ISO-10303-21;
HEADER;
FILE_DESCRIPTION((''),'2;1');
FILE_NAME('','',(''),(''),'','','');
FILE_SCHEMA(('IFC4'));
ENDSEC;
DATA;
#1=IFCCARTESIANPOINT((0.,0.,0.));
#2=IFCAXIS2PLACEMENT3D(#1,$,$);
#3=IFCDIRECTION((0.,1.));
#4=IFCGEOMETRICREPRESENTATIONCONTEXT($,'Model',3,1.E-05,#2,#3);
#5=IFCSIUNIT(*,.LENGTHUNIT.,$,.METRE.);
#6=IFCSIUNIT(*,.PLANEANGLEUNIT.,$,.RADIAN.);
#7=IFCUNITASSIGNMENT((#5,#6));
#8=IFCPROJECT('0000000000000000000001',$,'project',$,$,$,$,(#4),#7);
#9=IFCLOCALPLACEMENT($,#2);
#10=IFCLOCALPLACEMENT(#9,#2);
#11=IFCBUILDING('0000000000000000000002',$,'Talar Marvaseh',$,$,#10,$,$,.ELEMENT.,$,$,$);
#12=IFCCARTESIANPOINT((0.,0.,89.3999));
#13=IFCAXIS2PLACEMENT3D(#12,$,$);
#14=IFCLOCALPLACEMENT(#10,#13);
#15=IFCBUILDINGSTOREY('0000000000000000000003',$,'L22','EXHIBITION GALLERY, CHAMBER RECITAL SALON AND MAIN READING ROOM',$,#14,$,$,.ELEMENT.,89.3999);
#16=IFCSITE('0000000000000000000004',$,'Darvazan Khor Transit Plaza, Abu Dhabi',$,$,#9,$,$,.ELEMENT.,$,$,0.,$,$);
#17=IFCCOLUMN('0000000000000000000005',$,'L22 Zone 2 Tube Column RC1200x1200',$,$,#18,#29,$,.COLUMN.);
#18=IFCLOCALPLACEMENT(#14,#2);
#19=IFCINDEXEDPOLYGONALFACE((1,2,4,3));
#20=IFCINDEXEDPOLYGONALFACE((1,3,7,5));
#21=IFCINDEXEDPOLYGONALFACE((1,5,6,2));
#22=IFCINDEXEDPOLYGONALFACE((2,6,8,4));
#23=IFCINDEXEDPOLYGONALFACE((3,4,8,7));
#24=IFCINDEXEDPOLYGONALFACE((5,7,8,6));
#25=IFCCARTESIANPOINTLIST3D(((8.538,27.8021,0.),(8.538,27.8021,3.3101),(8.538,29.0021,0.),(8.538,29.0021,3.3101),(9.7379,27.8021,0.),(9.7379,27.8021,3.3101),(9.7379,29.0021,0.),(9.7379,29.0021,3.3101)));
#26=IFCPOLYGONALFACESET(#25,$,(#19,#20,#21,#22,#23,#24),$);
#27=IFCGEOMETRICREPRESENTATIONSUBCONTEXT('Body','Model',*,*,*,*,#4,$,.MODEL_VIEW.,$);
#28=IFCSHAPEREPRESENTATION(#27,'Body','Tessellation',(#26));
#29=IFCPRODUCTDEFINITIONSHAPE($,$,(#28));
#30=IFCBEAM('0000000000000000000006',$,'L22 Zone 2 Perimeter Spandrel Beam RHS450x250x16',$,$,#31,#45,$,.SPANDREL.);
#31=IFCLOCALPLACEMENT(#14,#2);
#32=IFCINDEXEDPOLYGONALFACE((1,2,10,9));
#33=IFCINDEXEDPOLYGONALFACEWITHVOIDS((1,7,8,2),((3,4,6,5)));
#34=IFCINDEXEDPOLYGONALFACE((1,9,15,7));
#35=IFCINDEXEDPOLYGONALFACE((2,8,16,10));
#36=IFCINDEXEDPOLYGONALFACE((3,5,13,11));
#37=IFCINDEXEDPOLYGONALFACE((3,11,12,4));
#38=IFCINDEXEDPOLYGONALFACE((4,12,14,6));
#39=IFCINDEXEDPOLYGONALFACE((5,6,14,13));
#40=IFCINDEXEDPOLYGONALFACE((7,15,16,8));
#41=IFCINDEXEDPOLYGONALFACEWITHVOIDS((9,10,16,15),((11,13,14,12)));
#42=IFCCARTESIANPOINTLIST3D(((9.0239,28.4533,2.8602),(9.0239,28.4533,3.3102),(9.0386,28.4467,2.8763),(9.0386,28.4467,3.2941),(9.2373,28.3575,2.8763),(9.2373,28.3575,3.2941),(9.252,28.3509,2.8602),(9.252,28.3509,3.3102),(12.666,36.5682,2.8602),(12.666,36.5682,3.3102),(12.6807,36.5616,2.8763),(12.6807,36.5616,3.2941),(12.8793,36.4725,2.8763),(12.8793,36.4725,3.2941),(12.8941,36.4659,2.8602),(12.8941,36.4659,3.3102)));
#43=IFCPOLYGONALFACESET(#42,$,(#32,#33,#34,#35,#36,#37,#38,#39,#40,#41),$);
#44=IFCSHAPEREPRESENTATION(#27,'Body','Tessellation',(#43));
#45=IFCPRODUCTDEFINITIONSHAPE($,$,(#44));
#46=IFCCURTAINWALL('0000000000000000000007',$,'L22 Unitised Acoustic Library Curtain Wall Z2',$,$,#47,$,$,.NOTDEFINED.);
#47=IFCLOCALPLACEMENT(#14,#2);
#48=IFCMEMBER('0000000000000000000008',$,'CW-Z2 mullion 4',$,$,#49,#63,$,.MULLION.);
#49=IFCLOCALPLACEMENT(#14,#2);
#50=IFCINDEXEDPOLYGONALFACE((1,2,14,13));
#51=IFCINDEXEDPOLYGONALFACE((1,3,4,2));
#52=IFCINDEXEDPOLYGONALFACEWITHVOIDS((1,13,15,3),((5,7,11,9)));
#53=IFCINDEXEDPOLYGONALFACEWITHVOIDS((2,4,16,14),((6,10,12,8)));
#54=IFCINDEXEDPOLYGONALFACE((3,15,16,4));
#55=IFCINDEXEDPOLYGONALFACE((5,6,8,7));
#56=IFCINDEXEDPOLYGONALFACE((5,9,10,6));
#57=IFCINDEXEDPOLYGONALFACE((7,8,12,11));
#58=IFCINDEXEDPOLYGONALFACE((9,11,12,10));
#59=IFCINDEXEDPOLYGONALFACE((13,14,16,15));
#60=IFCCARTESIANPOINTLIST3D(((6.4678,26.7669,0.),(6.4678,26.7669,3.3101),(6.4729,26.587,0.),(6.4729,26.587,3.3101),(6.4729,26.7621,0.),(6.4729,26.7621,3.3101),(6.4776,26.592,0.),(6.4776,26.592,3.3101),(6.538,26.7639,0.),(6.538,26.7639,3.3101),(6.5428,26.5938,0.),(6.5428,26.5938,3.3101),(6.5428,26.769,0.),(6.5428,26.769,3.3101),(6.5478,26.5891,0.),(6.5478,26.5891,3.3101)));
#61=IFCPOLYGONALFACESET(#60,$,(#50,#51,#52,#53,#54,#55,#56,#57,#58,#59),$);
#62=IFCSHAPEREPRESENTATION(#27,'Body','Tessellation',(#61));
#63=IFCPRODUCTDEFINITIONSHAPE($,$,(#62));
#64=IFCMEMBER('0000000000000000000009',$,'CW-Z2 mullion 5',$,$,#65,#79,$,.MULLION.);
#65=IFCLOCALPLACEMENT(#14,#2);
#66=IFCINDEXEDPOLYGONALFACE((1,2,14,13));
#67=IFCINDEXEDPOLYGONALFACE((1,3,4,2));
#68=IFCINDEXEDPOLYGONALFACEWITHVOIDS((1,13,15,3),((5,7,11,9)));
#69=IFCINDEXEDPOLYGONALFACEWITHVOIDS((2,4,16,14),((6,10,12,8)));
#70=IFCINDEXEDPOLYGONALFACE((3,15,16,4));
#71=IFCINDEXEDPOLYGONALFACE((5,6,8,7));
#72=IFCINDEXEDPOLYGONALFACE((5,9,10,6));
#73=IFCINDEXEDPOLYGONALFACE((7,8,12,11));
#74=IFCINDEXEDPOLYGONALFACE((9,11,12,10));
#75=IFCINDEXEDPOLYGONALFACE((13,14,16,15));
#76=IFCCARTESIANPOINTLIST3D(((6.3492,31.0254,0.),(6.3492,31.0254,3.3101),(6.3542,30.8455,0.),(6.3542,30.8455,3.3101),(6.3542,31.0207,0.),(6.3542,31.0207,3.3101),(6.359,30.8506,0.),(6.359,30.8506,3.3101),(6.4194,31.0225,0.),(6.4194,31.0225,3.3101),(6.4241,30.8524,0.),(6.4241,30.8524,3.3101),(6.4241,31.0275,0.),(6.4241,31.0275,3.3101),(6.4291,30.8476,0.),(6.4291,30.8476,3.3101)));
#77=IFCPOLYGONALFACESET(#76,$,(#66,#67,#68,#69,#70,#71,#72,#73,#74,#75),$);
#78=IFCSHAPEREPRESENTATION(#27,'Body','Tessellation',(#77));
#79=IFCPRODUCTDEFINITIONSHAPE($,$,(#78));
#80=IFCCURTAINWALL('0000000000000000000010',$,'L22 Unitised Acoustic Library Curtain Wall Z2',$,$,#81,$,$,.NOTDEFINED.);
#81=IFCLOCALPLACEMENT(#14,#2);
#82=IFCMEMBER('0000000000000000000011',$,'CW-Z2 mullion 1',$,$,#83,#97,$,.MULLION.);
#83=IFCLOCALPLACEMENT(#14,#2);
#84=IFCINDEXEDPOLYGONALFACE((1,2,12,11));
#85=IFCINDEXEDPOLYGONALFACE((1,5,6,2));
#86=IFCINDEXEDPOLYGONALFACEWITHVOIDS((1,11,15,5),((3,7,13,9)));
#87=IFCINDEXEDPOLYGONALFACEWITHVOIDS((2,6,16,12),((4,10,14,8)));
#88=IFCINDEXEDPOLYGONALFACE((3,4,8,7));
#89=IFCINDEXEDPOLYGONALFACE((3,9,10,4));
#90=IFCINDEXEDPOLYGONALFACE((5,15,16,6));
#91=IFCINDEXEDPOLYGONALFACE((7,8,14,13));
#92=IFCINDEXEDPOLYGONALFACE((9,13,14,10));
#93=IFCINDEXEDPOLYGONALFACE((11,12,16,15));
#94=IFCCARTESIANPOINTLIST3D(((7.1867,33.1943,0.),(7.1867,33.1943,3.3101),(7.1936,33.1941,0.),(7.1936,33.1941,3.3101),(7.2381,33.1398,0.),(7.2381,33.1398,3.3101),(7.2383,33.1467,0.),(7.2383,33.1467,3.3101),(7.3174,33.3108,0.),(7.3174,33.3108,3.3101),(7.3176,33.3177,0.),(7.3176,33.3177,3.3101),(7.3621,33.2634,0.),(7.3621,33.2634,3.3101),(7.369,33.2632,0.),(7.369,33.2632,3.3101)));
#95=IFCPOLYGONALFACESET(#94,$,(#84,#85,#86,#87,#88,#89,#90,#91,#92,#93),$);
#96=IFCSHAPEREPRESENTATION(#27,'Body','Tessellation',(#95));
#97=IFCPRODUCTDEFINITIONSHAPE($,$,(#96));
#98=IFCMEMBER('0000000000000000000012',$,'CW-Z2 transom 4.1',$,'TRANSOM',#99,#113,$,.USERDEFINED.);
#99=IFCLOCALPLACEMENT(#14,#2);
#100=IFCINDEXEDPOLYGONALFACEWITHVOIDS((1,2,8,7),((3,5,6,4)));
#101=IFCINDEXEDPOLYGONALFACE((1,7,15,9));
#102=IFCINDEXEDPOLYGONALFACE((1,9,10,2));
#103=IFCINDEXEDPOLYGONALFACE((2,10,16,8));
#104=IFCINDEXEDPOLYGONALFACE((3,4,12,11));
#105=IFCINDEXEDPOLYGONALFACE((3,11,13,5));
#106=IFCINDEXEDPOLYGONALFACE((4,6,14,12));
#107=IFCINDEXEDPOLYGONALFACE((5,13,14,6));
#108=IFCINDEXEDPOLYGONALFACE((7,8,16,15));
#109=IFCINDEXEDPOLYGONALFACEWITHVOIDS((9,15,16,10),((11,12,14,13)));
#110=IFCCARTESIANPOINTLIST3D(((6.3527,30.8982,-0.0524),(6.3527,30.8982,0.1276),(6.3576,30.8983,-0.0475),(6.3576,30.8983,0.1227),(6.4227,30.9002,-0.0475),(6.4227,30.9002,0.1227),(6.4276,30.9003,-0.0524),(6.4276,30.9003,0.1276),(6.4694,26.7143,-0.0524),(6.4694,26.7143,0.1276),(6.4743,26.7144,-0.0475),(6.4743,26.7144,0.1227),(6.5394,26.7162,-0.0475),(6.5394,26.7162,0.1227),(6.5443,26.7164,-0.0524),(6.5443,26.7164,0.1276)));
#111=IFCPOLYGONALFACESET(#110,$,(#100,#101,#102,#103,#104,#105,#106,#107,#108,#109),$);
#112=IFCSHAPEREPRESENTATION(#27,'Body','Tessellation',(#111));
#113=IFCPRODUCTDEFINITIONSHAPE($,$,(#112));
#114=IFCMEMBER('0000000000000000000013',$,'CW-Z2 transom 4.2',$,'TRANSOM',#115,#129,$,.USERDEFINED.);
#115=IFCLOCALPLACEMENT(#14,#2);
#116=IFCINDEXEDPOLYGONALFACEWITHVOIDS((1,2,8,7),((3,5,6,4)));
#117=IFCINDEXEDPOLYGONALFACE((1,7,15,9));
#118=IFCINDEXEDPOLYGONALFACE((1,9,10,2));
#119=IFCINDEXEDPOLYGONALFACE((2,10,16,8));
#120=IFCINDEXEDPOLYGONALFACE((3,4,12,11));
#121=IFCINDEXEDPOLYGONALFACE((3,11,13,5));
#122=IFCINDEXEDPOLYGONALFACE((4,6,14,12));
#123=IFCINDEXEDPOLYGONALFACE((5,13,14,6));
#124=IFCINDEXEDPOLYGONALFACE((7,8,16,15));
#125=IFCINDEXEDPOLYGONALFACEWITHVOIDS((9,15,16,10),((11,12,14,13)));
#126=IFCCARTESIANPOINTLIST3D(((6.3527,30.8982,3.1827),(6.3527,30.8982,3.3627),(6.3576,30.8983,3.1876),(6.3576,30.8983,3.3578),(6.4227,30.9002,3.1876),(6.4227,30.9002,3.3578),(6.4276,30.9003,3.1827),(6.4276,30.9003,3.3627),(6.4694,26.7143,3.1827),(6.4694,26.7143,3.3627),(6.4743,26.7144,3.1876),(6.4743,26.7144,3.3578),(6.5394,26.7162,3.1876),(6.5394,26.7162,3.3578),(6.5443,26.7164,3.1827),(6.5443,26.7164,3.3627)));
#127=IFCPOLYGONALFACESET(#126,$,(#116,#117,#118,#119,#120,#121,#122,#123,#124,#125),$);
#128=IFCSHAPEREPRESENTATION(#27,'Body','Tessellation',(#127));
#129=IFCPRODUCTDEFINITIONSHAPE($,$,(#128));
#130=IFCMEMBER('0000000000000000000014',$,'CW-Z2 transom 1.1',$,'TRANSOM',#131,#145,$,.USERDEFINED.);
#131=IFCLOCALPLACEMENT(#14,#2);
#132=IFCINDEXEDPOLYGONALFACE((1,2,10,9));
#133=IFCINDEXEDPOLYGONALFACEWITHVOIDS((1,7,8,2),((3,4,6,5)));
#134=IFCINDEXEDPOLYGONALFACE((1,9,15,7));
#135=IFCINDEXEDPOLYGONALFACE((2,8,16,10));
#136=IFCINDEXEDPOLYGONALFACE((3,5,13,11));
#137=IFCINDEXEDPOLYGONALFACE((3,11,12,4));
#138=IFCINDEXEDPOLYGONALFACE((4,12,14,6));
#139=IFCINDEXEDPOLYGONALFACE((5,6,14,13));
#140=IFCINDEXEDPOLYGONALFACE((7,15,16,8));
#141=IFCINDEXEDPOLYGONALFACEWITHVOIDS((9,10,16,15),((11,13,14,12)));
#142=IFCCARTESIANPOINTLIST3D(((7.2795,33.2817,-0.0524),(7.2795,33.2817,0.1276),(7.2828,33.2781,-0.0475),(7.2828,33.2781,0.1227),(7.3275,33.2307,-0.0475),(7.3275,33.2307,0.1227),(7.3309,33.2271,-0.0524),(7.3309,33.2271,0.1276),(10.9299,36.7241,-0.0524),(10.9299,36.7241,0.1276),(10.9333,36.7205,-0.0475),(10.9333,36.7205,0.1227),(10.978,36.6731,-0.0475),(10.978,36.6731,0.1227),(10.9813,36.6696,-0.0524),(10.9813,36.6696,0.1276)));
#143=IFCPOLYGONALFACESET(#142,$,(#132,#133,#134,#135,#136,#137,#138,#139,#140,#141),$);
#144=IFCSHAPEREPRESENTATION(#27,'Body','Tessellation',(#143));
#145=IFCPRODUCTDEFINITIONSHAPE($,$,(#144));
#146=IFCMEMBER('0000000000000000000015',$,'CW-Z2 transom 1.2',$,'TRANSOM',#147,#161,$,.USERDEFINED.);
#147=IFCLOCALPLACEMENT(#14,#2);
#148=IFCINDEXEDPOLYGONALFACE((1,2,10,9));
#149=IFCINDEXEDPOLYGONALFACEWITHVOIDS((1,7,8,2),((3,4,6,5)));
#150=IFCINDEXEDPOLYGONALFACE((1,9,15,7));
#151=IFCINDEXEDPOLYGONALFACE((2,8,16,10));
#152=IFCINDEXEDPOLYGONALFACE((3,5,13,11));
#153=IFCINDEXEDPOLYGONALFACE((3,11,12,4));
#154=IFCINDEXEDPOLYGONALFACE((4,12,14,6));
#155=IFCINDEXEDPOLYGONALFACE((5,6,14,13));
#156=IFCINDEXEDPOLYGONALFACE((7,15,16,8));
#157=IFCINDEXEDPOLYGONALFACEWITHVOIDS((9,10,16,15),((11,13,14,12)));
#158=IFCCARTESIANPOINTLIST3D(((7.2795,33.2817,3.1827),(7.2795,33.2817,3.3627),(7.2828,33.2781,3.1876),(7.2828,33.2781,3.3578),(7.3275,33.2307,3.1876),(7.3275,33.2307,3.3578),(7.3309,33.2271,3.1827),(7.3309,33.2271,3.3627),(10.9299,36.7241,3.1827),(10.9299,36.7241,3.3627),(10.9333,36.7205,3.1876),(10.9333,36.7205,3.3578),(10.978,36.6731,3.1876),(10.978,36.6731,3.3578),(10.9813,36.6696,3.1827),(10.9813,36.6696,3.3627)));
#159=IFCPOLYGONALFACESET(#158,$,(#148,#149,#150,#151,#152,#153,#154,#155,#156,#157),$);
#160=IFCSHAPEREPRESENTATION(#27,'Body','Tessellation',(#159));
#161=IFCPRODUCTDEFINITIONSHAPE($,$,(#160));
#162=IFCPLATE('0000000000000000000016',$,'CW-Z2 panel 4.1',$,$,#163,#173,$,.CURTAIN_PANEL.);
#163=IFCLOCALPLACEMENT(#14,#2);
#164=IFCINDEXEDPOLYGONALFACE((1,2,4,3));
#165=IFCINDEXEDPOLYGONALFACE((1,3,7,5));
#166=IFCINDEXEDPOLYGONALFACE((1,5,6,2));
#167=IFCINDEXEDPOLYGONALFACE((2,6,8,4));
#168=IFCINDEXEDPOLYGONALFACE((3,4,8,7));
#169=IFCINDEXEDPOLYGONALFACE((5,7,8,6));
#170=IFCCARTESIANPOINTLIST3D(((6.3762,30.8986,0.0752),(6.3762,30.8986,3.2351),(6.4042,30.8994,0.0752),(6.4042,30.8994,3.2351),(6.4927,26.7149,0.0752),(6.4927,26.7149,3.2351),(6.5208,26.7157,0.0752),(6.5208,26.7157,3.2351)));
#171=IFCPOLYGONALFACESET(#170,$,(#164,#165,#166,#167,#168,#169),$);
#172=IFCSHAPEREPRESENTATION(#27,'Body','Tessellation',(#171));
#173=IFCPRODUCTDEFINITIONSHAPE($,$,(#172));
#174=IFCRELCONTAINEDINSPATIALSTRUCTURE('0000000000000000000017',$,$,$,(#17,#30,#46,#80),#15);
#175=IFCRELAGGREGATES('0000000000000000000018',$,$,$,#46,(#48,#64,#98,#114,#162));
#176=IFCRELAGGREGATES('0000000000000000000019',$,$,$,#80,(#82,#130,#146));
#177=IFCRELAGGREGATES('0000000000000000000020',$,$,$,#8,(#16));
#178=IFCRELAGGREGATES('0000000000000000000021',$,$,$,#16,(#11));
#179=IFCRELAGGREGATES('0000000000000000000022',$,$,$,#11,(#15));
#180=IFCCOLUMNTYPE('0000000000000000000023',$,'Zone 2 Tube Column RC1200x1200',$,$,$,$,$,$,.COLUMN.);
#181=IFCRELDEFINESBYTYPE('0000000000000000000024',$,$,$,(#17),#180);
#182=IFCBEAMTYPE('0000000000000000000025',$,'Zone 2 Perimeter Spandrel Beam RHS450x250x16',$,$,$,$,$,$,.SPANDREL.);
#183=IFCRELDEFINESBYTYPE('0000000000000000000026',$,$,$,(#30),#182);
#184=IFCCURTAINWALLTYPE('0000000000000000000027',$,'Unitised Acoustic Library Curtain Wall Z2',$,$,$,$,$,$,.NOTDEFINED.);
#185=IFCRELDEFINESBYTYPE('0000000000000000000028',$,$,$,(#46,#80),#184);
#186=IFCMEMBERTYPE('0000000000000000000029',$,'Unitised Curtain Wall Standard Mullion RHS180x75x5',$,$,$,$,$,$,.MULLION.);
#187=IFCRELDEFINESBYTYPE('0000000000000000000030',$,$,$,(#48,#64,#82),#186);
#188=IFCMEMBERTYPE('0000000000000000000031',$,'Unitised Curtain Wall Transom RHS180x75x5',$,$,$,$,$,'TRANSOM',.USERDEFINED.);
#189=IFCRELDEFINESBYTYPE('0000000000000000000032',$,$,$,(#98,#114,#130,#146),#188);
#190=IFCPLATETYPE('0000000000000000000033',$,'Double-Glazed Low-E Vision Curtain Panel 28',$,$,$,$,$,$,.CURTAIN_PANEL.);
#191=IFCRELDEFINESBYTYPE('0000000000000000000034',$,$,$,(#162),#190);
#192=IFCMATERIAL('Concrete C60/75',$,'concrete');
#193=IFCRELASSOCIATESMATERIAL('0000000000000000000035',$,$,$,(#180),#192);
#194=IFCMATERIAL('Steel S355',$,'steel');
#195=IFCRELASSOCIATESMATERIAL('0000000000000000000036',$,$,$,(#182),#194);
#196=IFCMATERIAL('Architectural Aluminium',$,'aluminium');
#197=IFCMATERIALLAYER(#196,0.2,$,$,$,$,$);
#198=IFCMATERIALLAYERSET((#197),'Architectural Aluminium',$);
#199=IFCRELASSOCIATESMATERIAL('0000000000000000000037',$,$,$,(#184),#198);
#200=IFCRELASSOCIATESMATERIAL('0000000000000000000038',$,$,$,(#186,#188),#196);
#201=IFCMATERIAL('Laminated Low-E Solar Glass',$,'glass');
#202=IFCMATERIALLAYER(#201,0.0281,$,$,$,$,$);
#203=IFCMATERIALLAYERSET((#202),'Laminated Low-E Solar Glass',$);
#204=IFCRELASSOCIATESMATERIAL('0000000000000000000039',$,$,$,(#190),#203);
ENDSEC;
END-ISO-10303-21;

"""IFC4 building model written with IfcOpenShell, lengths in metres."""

from ifc_helpers import new_model, si_unit, direction, frame, origin, origin_2d, place, context, subcontext, project, spatial, rectangle, hollow_rectangle, extrude, source, transform, mapped, material, layer, layer_set, material_profile, profile_set, type_object, type_shapes, element, aggregate, save


model = new_model("IFC4")

# Units and contexts
model_context = context("Model", 3, precision=1e-05, world=origin(), true_north=direction((0.0, 1.0)))
body_context = subcontext(model_context, "Body", "Model", "MODEL_VIEW")
ifc_project = project(units=[si_unit("LENGTHUNIT", "METRE"), si_unit("PLANEANGLEUNIT", "RADIAN")], contexts=[model_context])

# Site, building, storey
site_placement = place(None, origin())
site = spatial("IfcSite", under=ifc_project, at=site_placement, Name="Darvazan Khor Transit Plaza, Abu Dhabi", CompositionType="ELEMENT", RefElevation=0.0)
building_placement = place(site_placement, origin())
building = spatial("IfcBuilding", under=site, at=building_placement, Name="Talar Marvaseh", CompositionType="ELEMENT")
storey_placement = place(building_placement, frame((0.0, 0.0, 89.3999)))
storey = spatial("IfcBuildingStorey", under=building, at=storey_placement, Name="L22", Description="EXHIBITION GALLERY, CHAMBER RECITAL SALON AND MAIN READING ROOM", CompositionType="ELEMENT", Elevation=89.3999)

# Column
ifc_material_1 = material(Name="Concrete C60/75", Category="concrete")
ifc_material_profile_1 = material_profile(ifc_material_1, rectangle(XDim=1.2, YDim=1.2, at=origin_2d()), Name="RC1200x1200")
ifc_profile_set_1 = profile_set([ifc_material_profile_1], Name="Concrete C60/75")
column_type = type_object("IfcColumnType", Name="Zone 2 Tube Column RC1200x1200", PredefinedType="COLUMN", material=ifc_profile_set_1)
column_placement = place(storey_placement, frame((9.1379, 28.4021, 0.0), z_axis=(0.0, 0.0, 1.0), x_axis=(1.0, 0.0, 0.0)))
element("IfcColumn", 1, at=column_placement, inside=storey, type_object=column_type, Name="L22 Zone 2 Tube Column RC1200x1200", PredefinedType="COLUMN", context=body_context, shape_type="SweptSolid", body=[
    extrude(rectangle(XDim=1.2, YDim=1.2, at=origin_2d()), origin(), (0.0, 0.0, 1.0), 3.3101),
])

# Beam
ifc_material_2 = material(Name="Steel S355", Category="steel")
ifc_material_profile_2 = material_profile(ifc_material_2, hollow_rectangle(XDim=0.25, YDim=0.45, WallThickness=0.0161, at=origin_2d()), Name="RHS450x250x16")
ifc_profile_set_2 = profile_set([ifc_material_profile_2], Name="Steel S355")
beam_type = type_object("IfcBeamType", Name="Zone 2 Perimeter Spandrel Beam RHS450x250x16", PredefinedType="SPANDREL", material=ifc_profile_set_2)
beam_placement = place(storey_placement, frame((9.1379, 28.4021, 3.0852), z_axis=(0.409462, 0.912327, 0.0), x_axis=(-0.912327, 0.409462, 0.0)))
element("IfcBeam", 2, at=beam_placement, inside=storey, type_object=beam_type, Name="L22 Zone 2 Perimeter Spandrel Beam RHS450x250x16", PredefinedType="SPANDREL", context=body_context, shape_type="SweptSolid", body=[
    extrude(hollow_rectangle(XDim=0.25, YDim=0.45, WallThickness=0.0161, at=origin_2d()), origin(), (0.0, 0.0, 1.0), 8.8948),
])

# Curtain wall, members
ifc_material_3 = material(Name="Architectural Aluminium", Category="aluminium")
ifc_layer_1 = layer(ifc_material_3, 0.2)
ifc_layer_set_1 = layer_set([ifc_layer_1], Name="Architectural Aluminium")
curtain_wall_type = type_object("IfcCurtainWallType", Name="Unitised Acoustic Library Curtain Wall Z2", PredefinedType="NOTDEFINED", material=ifc_layer_set_1)
curtain_wall_1_placement = place(storey_placement, origin())
curtain_wall_1 = element("IfcCurtainWall", 3, at=curtain_wall_1_placement, inside=storey, type_object=curtain_wall_type, Name="L22 Unitised Acoustic Library Curtain Wall Z2", PredefinedType="NOTDEFINED")
ifc_material_profile_3 = material_profile(ifc_material_3, hollow_rectangle(XDim=0.075, YDim=0.1799, WallThickness=0.0049, at=origin_2d()), Name="RHS180x75x5")
ifc_profile_set_3 = profile_set([ifc_material_profile_3], Name="Architectural Aluminium")
member_type_1 = type_object("IfcMemberType", Name="Unitised Curtain Wall Standard Mullion RHS180x75x5", PredefinedType="MULLION", material=ifc_profile_set_3)
shared_shape_1 = source(origin(), body_context, "Body", "SweptSolid", [
    extrude(hollow_rectangle(XDim=0.075, YDim=0.1799, WallThickness=0.0049, at=origin_2d()), origin(), (0.0, 0.0, 1.0), 3.3101),
])
type_shapes(member_type_1, [shared_shape_1])
member_1_placement = place(storey_placement, frame((6.5078, 26.678, 0.0), z_axis=(0.0, 0.0, 1.0), x_axis=(-0.999612, -0.027857, 0.0)))
member_1 = element("IfcMember", 4, at=member_1_placement, type_object=member_type_1, Name="CW-Z2 mullion 4", PredefinedType="MULLION", context=body_context, shape_type="MappedRepresentation", body=[
    mapped(shared_shape_1, transform((0.0, 0.0, 0.0), x_axis=(1.0, 0.0, 0.0), y_axis=(0.0, 1.0, 0.0), z_axis=(0.0, 0.0, 1.0), scale=1.0)),
])
member_2_placement = place(storey_placement, frame((6.3892, 30.9365, 0.0), z_axis=(0.0, 0.0, 1.0), x_axis=(-0.999612, -0.027857, 0.0)))
member_2 = element("IfcMember", 5, at=member_2_placement, type_object=member_type_1, Name="CW-Z2 mullion 5", PredefinedType="MULLION", context=body_context, shape_type="MappedRepresentation", body=[
    mapped(shared_shape_1, transform((0.0, 0.0, 0.0), x_axis=(1.0, 0.0, 0.0), y_axis=(0.0, 1.0, 0.0), z_axis=(0.0, 0.0, 1.0), scale=1.0)),
])

# Curtain wall, member
curtain_wall_2_placement = place(storey_placement, origin())
curtain_wall_2 = element("IfcCurtainWall", 6, at=curtain_wall_2_placement, inside=storey, type_object=curtain_wall_type, Name="L22 Unitised Acoustic Library Curtain Wall Z2", PredefinedType="NOTDEFINED")
member_3_placement = place(storey_placement, frame((7.2778, 33.2288, 0.0), z_axis=(0.0, 0.0, 1.0), x_axis=(-0.686045, 0.727559, 0.0)))
member_3 = element("IfcMember", 7, at=member_3_placement, type_object=member_type_1, Name="CW-Z2 mullion 1", PredefinedType="MULLION", context=body_context, shape_type="MappedRepresentation", body=[
    mapped(shared_shape_1, transform((0.0, 0.0, 0.0), x_axis=(1.0, 0.0, 0.0), y_axis=(0.0, 1.0, 0.0), z_axis=(0.0, 0.0, 1.0), scale=1.0)),
])

# Members
ifc_material_profile_4 = material_profile(ifc_material_3, hollow_rectangle(XDim=0.075, YDim=0.1799, WallThickness=0.0049, at=origin_2d()), Name="RHS180x75x5")
ifc_profile_set_4 = profile_set([ifc_material_profile_4], Name="Architectural Aluminium")
member_type_2 = type_object("IfcMemberType", Name="Unitised Curtain Wall Transom RHS180x75x5", ElementType="TRANSOM", PredefinedType="USERDEFINED", material=ifc_profile_set_4)
shared_shape_2 = source(origin(), body_context, "Body", "SweptSolid", [
    extrude(hollow_rectangle(XDim=0.075, YDim=0.1799, WallThickness=0.0049, at=origin_2d()), origin(), (0.0, 0.0, 1.0), 4.1855),
])
member_4_placement = place(storey_placement, frame((6.5068, 26.7153, 0.0376), z_axis=(-0.027882, 0.999611, 0.0), x_axis=(-0.999611, -0.027882, 0.0)))
member_4 = element("IfcMember", 8, at=member_4_placement, type_object=member_type_2, Name="CW-Z2 transom 4.1", ObjectType="TRANSOM", PredefinedType="USERDEFINED", context=body_context, shape_type="MappedRepresentation", body=[
    mapped(shared_shape_2, transform((0.0, 0.0, 0.0), x_axis=(1.0, 0.0, 0.0), y_axis=(0.0, 1.0, 0.0), z_axis=(0.0, 0.0, 1.0), scale=1.0)),
])
member_5_placement = place(storey_placement, frame((6.5068, 26.7153, 3.2727), z_axis=(-0.027882, 0.999611, 0.0), x_axis=(-0.999611, -0.027882, 0.0)))
member_5 = element("IfcMember", 9, at=member_5_placement, type_object=member_type_2, Name="CW-Z2 transom 4.2", ObjectType="TRANSOM", PredefinedType="USERDEFINED", context=body_context, shape_type="MappedRepresentation", body=[
    mapped(shared_shape_2, transform((0.0, 0.0, 0.0), x_axis=(1.0, 0.0, 0.0), y_axis=(0.0, 1.0, 0.0), z_axis=(0.0, 0.0, 1.0), scale=1.0)),
])
shared_shape_3 = source(origin(), body_context, "Body", "SweptSolid", [
    extrude(hollow_rectangle(XDim=0.075, YDim=0.1799, WallThickness=0.0049, at=origin_2d()), origin(), (0.0, 0.0, 1.0), 5.0176),
])
type_shapes(member_type_2, [shared_shape_2, shared_shape_3])
member_6_placement = place(storey_placement, frame((7.3052, 33.2544, 0.0376), z_axis=(0.727531, 0.686075, 0.0), x_axis=(-0.686075, 0.727531, 0.0)))
member_6 = element("IfcMember", 10, at=member_6_placement, type_object=member_type_2, Name="CW-Z2 transom 1.1", ObjectType="TRANSOM", PredefinedType="USERDEFINED", context=body_context, shape_type="MappedRepresentation", body=[
    mapped(shared_shape_3, transform((0.0, 0.0, 0.0), x_axis=(1.0, 0.0, 0.0), y_axis=(0.0, 1.0, 0.0), z_axis=(0.0, 0.0, 1.0), scale=1.0)),
])
member_7_placement = place(storey_placement, frame((7.3052, 33.2544, 3.2727), z_axis=(0.727531, 0.686075, 0.0), x_axis=(-0.686075, 0.727531, 0.0)))
member_7 = element("IfcMember", 11, at=member_7_placement, type_object=member_type_2, Name="CW-Z2 transom 1.2", ObjectType="TRANSOM", PredefinedType="USERDEFINED", context=body_context, shape_type="MappedRepresentation", body=[
    mapped(shared_shape_3, transform((0.0, 0.0, 0.0), x_axis=(1.0, 0.0, 0.0), y_axis=(0.0, 1.0, 0.0), z_axis=(0.0, 0.0, 1.0), scale=1.0)),
])

# Plate
ifc_material_4 = material(Name="Laminated Low-E Solar Glass", Category="glass")
ifc_layer_2 = layer(ifc_material_4, 0.0281)
ifc_layer_set_2 = layer_set([ifc_layer_2], Name="Laminated Low-E Solar Glass")
plate_type = type_object("IfcPlateType", Name="Double-Glazed Low-E Vision Curtain Panel 28", PredefinedType="CURTAIN_PANEL", material=ifc_layer_set_2)
shared_shape_4 = source(origin(), body_context, "Body", "SweptSolid", [
    extrude(rectangle(XDim=4.1853, YDim=0.0281, at=origin_2d()), origin(), (0.0, 0.0, 1.0), 3.1599),
])
plate_1_placement = place(storey_placement, frame((6.4485, 28.8071, 0.0752), z_axis=(0.0, 0.0, 1.0), x_axis=(-0.027857, 0.999612, 0.0)))
plate_1 = element("IfcPlate", 12, at=plate_1_placement, type_object=plate_type, Name="CW-Z2 panel 4.1", PredefinedType="CURTAIN_PANEL", context=body_context, shape_type="MappedRepresentation", body=[
    mapped(shared_shape_4, transform((0.0, 0.0, 0.0), x_axis=(1.0, 0.0, 0.0), y_axis=(0.0, 1.0, 0.0), z_axis=(0.0, 0.0, 1.0), scale=1.0)),
])
aggregate(curtain_wall_1, [member_1, member_2, member_4, member_5, plate_1])
aggregate(curtain_wall_2, [member_3, member_6, member_7])

save(model, "model.ifc")
